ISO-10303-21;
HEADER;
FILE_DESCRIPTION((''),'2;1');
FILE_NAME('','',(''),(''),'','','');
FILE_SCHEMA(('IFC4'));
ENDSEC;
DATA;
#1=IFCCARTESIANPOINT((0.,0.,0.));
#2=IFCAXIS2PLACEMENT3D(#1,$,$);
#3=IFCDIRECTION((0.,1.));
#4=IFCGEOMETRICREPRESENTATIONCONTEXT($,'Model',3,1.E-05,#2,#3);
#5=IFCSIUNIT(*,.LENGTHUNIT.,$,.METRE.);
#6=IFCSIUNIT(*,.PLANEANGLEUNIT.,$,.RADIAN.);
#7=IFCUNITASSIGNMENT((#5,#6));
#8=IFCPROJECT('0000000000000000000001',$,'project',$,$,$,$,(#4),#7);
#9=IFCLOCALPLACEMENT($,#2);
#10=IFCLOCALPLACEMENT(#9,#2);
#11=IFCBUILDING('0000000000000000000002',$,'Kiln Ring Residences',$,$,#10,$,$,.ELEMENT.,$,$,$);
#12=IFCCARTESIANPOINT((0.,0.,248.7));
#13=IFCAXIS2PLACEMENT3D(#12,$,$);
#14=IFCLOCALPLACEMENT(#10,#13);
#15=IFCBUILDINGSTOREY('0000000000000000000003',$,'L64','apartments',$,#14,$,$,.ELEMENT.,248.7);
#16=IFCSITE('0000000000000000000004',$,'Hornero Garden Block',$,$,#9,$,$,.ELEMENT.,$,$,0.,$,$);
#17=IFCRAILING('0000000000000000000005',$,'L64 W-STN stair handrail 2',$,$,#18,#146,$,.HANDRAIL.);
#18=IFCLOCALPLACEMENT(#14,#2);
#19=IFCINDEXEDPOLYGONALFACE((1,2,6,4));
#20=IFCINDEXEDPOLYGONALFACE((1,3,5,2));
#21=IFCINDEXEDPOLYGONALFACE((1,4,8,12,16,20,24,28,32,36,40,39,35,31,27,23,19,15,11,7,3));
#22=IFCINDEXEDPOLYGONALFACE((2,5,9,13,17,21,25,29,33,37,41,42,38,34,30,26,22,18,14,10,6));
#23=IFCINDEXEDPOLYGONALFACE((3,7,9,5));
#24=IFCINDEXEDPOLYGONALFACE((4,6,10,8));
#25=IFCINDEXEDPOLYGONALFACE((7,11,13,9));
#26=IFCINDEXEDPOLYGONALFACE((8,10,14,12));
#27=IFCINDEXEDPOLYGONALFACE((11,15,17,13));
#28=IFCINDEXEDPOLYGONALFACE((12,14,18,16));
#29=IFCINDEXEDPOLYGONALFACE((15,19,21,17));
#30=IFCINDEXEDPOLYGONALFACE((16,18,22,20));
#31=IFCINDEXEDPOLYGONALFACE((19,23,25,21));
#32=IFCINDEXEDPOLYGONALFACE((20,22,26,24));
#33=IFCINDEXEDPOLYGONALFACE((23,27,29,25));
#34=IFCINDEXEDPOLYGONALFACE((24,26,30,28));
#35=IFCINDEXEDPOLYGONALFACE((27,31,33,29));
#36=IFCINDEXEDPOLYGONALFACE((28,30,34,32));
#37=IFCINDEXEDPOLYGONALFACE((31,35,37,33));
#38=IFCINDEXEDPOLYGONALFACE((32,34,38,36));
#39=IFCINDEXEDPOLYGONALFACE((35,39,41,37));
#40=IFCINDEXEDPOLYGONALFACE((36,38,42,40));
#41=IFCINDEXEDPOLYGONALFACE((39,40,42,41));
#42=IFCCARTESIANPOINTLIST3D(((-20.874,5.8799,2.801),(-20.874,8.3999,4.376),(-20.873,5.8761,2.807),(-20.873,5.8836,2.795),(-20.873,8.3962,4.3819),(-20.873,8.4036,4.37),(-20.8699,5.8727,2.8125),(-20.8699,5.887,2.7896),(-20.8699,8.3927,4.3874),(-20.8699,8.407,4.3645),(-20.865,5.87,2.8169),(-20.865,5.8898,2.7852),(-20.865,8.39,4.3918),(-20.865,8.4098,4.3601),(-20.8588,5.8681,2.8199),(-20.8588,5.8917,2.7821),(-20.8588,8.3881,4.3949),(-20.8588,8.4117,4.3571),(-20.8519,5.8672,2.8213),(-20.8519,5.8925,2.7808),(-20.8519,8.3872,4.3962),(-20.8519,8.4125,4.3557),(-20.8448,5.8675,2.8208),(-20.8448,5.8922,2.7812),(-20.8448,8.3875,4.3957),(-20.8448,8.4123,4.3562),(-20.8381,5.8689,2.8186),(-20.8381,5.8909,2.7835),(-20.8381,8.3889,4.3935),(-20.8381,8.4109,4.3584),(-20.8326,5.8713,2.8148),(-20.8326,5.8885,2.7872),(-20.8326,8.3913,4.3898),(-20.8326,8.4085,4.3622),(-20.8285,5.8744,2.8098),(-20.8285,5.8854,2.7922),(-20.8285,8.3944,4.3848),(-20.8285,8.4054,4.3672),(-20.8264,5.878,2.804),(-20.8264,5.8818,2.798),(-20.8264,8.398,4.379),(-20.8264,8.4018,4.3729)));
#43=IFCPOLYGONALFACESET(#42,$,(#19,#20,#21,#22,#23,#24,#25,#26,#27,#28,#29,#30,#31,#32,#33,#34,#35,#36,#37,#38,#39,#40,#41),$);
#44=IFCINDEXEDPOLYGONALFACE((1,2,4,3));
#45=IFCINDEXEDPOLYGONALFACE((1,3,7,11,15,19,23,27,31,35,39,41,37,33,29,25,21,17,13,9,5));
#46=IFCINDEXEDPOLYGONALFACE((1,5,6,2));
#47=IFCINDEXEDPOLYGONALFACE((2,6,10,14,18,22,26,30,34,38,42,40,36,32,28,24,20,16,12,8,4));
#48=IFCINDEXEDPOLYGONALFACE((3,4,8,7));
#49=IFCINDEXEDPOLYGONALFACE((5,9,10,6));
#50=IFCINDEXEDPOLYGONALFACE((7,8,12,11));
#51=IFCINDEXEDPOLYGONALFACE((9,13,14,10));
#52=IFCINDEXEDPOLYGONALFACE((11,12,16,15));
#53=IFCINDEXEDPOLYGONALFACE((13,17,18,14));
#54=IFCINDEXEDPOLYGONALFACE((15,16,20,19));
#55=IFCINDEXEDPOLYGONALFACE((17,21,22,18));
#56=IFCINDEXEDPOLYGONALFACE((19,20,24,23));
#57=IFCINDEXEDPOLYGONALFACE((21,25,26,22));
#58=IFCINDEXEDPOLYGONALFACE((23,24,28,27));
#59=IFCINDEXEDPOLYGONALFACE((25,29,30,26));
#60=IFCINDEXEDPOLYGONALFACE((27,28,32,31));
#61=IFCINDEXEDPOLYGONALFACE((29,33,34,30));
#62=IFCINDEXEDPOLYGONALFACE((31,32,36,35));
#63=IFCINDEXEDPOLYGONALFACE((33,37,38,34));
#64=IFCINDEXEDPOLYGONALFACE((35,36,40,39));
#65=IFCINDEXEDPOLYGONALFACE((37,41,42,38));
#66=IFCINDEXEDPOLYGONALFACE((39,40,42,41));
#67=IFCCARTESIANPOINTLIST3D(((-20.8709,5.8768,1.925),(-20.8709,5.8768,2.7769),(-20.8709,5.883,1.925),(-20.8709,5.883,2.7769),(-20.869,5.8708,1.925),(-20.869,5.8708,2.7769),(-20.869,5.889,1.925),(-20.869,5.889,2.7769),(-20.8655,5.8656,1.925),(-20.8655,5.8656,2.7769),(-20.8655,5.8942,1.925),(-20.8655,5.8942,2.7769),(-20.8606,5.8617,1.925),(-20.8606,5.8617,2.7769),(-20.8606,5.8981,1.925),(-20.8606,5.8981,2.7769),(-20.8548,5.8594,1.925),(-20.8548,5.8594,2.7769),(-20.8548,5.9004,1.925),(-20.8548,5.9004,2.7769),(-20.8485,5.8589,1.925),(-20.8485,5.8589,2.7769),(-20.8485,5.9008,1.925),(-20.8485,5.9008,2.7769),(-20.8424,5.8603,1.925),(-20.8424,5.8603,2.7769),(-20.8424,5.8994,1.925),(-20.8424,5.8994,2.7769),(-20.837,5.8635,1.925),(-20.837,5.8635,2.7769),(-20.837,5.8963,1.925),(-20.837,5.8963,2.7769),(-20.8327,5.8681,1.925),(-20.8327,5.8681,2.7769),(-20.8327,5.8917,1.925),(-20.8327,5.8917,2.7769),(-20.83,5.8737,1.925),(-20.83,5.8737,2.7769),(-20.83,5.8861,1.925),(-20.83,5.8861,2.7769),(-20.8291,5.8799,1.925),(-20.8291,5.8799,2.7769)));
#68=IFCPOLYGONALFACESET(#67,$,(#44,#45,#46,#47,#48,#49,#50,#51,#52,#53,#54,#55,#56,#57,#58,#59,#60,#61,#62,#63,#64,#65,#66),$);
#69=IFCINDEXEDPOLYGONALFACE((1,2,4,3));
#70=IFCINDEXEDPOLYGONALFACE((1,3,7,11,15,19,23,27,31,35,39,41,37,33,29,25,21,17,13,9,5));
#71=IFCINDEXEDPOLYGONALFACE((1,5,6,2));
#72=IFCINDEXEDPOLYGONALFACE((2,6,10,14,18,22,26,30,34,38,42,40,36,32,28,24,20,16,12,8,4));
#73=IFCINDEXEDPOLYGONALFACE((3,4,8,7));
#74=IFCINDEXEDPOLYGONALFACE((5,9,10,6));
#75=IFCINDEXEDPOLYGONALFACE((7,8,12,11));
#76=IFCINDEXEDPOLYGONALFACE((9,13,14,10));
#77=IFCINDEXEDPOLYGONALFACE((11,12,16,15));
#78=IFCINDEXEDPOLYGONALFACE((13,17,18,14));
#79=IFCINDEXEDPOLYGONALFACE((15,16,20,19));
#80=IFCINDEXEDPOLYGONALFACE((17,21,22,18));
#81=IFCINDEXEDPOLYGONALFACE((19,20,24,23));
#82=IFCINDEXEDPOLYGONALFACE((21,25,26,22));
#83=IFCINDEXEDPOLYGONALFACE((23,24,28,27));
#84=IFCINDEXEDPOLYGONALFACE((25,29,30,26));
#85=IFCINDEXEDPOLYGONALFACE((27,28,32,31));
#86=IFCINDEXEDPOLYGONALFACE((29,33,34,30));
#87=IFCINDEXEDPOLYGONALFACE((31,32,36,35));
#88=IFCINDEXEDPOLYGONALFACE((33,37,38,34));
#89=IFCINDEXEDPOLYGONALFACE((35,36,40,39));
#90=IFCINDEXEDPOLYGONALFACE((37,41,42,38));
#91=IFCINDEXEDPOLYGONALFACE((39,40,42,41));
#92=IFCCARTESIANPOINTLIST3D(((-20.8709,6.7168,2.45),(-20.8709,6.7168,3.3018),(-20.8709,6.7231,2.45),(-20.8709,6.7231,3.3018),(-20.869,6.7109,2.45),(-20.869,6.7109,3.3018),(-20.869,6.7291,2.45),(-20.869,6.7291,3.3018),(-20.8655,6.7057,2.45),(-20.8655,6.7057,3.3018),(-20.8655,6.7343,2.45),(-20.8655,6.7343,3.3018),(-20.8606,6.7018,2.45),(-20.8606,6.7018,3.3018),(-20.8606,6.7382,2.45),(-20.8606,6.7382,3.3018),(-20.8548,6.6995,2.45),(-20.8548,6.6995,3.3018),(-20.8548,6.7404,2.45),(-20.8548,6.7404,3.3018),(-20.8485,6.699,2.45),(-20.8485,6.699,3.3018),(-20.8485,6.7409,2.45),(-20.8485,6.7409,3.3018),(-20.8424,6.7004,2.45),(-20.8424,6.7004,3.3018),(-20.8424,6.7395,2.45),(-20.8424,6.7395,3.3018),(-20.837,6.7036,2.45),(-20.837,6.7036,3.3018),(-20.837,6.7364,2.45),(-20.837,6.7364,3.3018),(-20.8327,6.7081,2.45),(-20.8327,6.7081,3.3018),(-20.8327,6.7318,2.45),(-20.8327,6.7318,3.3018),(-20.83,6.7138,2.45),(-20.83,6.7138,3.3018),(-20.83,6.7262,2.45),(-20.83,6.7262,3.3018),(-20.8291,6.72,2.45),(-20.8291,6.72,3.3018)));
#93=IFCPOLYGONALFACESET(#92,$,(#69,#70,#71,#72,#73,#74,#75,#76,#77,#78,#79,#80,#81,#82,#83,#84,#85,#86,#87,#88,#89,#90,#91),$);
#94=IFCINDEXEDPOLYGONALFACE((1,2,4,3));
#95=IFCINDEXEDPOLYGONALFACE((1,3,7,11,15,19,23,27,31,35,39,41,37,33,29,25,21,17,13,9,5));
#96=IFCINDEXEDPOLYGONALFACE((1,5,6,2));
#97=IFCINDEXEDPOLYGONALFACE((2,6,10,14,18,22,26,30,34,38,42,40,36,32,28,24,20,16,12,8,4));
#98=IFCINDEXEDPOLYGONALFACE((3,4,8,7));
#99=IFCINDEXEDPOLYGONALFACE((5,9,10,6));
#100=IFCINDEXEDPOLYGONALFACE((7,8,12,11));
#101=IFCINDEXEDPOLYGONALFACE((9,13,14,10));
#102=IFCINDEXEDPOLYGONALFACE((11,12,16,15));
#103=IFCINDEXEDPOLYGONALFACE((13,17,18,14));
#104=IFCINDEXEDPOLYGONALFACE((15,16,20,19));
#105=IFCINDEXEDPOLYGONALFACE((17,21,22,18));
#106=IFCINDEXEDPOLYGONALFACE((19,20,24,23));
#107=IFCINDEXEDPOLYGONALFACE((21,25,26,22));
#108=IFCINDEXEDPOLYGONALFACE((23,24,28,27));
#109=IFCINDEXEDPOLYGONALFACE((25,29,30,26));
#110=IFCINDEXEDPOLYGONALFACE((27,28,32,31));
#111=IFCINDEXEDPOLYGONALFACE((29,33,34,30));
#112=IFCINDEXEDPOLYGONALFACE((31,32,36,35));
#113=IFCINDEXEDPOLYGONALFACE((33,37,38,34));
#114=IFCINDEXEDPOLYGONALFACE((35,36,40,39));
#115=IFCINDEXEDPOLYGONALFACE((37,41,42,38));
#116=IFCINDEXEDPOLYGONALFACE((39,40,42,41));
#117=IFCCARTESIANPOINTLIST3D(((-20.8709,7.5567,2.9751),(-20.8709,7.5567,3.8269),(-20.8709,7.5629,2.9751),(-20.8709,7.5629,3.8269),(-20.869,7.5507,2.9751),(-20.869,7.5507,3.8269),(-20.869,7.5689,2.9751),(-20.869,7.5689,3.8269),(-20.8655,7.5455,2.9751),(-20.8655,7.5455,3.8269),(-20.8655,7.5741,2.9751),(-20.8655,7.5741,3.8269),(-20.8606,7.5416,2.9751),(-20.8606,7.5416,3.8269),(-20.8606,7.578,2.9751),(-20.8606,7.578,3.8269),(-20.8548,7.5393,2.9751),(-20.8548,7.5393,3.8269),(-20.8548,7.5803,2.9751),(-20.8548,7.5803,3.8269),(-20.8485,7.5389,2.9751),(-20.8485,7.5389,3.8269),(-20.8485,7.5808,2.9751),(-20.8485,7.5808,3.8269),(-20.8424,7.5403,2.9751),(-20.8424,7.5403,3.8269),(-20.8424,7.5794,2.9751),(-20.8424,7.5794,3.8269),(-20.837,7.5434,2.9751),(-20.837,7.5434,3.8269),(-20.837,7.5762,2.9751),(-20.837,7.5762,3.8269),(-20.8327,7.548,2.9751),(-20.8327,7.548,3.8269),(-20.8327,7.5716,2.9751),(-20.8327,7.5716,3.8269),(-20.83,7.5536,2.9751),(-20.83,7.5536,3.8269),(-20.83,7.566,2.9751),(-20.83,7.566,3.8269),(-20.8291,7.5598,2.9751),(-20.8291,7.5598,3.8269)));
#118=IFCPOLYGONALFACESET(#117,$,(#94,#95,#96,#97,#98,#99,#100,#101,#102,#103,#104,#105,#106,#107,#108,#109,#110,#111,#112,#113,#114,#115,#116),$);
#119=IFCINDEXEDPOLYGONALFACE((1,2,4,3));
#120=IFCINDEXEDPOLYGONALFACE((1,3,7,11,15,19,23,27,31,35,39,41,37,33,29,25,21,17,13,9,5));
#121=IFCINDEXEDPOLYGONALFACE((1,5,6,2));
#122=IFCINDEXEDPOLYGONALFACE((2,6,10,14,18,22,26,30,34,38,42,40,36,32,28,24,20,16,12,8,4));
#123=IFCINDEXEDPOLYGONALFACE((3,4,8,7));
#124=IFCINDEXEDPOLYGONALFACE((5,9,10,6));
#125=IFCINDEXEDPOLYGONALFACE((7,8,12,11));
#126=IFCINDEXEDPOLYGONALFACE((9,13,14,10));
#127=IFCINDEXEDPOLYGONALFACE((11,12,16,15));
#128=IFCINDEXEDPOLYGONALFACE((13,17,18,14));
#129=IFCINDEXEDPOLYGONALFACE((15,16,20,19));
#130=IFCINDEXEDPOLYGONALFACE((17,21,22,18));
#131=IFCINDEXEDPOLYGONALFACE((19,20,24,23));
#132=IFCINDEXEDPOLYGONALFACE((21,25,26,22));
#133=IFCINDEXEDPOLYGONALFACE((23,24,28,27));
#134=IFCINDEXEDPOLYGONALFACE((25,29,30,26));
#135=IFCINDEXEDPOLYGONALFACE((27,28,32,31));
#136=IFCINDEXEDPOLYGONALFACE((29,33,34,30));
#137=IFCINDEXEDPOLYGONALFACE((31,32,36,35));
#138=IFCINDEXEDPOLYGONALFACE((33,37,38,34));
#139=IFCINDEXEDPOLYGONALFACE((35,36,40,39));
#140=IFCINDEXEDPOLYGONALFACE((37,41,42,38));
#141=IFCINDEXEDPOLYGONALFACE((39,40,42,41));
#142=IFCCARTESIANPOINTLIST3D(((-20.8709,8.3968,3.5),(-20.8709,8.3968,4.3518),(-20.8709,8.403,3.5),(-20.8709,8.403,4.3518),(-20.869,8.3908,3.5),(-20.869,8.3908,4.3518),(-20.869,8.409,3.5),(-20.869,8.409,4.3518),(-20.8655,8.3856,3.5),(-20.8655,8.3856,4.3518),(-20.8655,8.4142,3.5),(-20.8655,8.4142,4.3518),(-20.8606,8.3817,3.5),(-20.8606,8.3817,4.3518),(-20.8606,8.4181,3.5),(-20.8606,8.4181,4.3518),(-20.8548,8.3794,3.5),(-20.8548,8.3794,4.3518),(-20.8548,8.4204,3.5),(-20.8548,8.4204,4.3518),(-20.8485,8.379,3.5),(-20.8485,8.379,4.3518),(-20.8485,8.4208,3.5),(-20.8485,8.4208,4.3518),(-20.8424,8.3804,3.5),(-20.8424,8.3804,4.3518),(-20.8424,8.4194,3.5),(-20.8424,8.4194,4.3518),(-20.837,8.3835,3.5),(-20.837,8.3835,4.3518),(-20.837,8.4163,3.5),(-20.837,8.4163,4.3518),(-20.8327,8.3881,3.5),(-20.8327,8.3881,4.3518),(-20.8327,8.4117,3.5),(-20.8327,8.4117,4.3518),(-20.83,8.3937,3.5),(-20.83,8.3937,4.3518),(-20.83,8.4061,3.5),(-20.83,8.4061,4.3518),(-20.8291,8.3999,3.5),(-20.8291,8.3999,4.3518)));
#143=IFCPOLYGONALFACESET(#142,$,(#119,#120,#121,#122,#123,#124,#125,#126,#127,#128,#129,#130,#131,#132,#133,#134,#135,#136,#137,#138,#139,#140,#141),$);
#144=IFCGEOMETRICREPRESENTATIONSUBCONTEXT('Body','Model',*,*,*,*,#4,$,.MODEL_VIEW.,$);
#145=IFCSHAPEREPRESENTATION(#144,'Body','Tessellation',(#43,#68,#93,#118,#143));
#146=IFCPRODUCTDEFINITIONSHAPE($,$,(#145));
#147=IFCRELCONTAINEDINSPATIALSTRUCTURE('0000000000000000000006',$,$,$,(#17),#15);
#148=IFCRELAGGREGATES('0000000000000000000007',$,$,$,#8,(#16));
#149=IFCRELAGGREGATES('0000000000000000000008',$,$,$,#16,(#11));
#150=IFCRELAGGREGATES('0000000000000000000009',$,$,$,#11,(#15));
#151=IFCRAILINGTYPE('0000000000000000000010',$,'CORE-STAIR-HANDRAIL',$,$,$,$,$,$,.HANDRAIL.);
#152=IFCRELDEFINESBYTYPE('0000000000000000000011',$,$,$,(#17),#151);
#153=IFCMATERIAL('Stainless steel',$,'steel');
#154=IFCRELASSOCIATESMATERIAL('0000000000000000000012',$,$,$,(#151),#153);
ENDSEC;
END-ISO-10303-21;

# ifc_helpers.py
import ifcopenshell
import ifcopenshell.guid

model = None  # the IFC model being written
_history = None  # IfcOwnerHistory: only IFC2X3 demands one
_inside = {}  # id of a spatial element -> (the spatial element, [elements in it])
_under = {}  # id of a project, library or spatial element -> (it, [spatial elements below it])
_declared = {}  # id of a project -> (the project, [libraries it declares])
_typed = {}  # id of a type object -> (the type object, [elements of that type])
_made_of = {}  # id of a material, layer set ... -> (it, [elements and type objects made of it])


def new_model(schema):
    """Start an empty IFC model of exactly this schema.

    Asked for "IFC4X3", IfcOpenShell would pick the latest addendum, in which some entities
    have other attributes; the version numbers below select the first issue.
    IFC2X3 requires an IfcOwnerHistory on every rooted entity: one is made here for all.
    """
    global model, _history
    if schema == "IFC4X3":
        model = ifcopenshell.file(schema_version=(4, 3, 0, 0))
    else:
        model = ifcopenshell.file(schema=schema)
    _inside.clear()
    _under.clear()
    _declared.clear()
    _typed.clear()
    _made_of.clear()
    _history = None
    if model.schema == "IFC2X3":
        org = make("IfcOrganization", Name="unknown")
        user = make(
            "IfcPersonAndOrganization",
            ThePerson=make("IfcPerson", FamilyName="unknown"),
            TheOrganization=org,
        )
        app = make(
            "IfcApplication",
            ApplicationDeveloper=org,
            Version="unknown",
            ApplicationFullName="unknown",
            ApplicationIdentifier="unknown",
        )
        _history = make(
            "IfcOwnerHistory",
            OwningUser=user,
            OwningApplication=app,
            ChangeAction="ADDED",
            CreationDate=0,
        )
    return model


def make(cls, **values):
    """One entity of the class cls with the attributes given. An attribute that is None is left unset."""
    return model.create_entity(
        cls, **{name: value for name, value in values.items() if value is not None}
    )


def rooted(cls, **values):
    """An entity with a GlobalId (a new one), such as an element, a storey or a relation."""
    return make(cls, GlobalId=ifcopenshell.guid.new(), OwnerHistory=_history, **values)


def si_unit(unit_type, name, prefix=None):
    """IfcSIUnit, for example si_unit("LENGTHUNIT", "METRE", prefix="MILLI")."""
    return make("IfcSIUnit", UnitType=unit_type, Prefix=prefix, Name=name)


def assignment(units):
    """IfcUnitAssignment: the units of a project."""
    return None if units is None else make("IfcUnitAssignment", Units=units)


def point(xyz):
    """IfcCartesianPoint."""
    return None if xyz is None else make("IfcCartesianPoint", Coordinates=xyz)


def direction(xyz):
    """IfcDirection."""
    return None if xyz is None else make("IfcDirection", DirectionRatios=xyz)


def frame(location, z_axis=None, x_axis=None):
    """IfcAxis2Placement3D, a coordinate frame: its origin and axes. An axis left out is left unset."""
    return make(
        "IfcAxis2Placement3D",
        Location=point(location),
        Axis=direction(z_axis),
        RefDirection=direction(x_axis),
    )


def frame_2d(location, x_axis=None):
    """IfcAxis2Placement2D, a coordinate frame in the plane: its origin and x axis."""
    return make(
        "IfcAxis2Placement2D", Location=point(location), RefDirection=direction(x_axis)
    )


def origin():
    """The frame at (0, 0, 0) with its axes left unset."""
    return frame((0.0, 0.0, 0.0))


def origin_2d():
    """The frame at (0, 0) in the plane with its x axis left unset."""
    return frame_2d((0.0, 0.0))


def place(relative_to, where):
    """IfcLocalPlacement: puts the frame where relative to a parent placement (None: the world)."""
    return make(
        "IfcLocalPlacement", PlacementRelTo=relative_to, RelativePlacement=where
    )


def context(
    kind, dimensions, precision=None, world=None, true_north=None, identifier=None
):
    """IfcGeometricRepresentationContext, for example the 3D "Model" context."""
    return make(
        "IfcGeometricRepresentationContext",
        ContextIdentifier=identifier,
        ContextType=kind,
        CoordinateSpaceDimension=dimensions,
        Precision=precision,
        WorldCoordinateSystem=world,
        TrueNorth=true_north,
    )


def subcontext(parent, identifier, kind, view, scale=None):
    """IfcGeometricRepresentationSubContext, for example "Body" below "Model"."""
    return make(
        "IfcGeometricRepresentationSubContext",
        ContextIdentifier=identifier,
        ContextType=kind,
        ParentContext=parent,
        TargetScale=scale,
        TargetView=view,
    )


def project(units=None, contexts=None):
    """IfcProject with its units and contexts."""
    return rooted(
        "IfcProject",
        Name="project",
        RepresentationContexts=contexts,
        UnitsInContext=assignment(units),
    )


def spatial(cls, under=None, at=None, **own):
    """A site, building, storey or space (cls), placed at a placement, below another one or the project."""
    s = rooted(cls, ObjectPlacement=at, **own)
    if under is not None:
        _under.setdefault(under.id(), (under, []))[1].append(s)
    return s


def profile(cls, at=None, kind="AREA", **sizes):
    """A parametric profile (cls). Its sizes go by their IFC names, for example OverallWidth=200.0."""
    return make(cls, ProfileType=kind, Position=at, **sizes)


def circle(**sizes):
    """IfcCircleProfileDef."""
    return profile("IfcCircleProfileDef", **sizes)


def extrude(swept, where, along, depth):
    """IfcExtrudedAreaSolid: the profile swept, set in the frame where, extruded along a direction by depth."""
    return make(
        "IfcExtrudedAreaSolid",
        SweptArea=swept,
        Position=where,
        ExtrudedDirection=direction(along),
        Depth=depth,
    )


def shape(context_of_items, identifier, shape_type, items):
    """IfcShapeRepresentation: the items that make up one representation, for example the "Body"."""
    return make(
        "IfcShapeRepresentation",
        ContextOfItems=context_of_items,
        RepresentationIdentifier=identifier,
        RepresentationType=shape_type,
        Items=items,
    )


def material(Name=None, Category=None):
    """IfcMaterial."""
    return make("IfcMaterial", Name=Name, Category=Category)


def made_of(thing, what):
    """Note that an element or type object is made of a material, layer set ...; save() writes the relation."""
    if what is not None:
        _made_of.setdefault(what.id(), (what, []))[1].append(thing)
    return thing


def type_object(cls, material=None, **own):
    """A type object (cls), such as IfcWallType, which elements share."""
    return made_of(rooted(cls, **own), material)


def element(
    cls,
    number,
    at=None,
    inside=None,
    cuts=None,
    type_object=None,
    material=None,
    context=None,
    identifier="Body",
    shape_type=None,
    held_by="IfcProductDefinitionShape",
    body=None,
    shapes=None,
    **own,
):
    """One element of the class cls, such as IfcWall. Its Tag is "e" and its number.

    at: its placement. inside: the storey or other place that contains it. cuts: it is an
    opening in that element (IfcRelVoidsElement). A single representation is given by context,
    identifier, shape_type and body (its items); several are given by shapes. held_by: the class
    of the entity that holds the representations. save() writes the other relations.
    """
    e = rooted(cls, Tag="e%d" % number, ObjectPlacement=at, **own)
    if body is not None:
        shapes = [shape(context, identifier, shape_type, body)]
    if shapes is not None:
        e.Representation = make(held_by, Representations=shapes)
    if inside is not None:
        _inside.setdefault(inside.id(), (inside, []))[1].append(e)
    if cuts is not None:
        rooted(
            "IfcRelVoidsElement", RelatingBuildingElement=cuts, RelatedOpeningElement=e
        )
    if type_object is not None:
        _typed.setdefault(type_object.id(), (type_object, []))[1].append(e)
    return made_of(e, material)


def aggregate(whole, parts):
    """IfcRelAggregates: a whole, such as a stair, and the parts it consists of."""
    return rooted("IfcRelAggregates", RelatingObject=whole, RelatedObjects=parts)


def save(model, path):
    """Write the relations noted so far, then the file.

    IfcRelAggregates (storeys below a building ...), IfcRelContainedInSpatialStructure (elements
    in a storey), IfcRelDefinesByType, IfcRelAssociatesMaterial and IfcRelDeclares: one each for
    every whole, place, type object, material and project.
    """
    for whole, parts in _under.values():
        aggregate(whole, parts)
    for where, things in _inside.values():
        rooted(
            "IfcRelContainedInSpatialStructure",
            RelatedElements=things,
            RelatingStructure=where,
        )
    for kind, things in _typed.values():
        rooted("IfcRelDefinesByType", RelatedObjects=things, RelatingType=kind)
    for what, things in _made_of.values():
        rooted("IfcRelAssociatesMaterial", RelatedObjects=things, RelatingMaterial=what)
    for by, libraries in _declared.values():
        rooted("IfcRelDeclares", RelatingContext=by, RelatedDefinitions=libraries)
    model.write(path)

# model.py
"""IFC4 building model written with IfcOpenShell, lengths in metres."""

from ifc_helpers import new_model, si_unit, direction, frame, origin, origin_2d, place, context, subcontext, project, spatial, circle, extrude, material, type_object, element, save


model = new_model("IFC4")

# Units and contexts
model_context = context("Model", 3, precision=1e-05, world=origin(), true_north=direction((0.0, 1.0)))
body_context = subcontext(model_context, "Body", "Model", "MODEL_VIEW")
ifc_project = project(units=[si_unit("LENGTHUNIT", "METRE"), si_unit("PLANEANGLEUNIT", "RADIAN")], contexts=[model_context])

# Site, building, storey
site_placement = place(None, origin())
site = spatial("IfcSite", under=ifc_project, at=site_placement, Name="Hornero Garden Block", CompositionType="ELEMENT", RefElevation=0.0)
building_placement = place(site_placement, origin())
building = spatial("IfcBuilding", under=site, at=building_placement, Name="Kiln Ring Residences", CompositionType="ELEMENT")
storey_placement = place(building_placement, frame((0.0, 0.0, 248.7)))
storey = spatial("IfcBuildingStorey", under=building, at=storey_placement, Name="L64", Description="apartments", CompositionType="ELEMENT", Elevation=248.7)

# Railing
ifc_material_1 = material(Name="Stainless steel", Category="steel")
railing_type_1 = type_object("IfcRailingType", Name="CORE-STAIR-HANDRAIL", PredefinedType="HANDRAIL", material=ifc_material_1)
railing_1_placement = place(storey_placement, frame((-20.8501, 5.8799, 1.925)))
element("IfcRailing", 1, at=railing_1_placement, inside=storey, type_object=railing_type_1, Name="L64 W-STN stair handrail 2", PredefinedType="HANDRAIL", context=body_context, shape_type="SweptSolid", body=[
    extrude(circle(Radius=0.0239, at=origin_2d()), frame((0.0, 0.0, 0.876), z_axis=(0.0, 0.848008, 0.529984), x_axis=(-1.0, 0.0, 0.0)), (0.0, 0.0, 1.0), 2.9717),
    extrude(circle(Radius=0.021, at=origin_2d()), origin(), (0.0, 0.0, 1.0), 0.8518),
    extrude(circle(Radius=0.021, at=origin_2d()), frame((0.0, 0.8401, 0.5249)), (0.0, 0.0, 1.0), 0.8518),
    extrude(circle(Radius=0.021, at=origin_2d()), frame((0.0, 1.6799, 1.05)), (0.0, 0.0, 1.0), 0.8518),
    extrude(circle(Radius=0.021, at=origin_2d()), frame((0.0, 2.52, 1.575)), (0.0, 0.0, 1.0), 0.8518),
])

save(model, "model.ifc")
